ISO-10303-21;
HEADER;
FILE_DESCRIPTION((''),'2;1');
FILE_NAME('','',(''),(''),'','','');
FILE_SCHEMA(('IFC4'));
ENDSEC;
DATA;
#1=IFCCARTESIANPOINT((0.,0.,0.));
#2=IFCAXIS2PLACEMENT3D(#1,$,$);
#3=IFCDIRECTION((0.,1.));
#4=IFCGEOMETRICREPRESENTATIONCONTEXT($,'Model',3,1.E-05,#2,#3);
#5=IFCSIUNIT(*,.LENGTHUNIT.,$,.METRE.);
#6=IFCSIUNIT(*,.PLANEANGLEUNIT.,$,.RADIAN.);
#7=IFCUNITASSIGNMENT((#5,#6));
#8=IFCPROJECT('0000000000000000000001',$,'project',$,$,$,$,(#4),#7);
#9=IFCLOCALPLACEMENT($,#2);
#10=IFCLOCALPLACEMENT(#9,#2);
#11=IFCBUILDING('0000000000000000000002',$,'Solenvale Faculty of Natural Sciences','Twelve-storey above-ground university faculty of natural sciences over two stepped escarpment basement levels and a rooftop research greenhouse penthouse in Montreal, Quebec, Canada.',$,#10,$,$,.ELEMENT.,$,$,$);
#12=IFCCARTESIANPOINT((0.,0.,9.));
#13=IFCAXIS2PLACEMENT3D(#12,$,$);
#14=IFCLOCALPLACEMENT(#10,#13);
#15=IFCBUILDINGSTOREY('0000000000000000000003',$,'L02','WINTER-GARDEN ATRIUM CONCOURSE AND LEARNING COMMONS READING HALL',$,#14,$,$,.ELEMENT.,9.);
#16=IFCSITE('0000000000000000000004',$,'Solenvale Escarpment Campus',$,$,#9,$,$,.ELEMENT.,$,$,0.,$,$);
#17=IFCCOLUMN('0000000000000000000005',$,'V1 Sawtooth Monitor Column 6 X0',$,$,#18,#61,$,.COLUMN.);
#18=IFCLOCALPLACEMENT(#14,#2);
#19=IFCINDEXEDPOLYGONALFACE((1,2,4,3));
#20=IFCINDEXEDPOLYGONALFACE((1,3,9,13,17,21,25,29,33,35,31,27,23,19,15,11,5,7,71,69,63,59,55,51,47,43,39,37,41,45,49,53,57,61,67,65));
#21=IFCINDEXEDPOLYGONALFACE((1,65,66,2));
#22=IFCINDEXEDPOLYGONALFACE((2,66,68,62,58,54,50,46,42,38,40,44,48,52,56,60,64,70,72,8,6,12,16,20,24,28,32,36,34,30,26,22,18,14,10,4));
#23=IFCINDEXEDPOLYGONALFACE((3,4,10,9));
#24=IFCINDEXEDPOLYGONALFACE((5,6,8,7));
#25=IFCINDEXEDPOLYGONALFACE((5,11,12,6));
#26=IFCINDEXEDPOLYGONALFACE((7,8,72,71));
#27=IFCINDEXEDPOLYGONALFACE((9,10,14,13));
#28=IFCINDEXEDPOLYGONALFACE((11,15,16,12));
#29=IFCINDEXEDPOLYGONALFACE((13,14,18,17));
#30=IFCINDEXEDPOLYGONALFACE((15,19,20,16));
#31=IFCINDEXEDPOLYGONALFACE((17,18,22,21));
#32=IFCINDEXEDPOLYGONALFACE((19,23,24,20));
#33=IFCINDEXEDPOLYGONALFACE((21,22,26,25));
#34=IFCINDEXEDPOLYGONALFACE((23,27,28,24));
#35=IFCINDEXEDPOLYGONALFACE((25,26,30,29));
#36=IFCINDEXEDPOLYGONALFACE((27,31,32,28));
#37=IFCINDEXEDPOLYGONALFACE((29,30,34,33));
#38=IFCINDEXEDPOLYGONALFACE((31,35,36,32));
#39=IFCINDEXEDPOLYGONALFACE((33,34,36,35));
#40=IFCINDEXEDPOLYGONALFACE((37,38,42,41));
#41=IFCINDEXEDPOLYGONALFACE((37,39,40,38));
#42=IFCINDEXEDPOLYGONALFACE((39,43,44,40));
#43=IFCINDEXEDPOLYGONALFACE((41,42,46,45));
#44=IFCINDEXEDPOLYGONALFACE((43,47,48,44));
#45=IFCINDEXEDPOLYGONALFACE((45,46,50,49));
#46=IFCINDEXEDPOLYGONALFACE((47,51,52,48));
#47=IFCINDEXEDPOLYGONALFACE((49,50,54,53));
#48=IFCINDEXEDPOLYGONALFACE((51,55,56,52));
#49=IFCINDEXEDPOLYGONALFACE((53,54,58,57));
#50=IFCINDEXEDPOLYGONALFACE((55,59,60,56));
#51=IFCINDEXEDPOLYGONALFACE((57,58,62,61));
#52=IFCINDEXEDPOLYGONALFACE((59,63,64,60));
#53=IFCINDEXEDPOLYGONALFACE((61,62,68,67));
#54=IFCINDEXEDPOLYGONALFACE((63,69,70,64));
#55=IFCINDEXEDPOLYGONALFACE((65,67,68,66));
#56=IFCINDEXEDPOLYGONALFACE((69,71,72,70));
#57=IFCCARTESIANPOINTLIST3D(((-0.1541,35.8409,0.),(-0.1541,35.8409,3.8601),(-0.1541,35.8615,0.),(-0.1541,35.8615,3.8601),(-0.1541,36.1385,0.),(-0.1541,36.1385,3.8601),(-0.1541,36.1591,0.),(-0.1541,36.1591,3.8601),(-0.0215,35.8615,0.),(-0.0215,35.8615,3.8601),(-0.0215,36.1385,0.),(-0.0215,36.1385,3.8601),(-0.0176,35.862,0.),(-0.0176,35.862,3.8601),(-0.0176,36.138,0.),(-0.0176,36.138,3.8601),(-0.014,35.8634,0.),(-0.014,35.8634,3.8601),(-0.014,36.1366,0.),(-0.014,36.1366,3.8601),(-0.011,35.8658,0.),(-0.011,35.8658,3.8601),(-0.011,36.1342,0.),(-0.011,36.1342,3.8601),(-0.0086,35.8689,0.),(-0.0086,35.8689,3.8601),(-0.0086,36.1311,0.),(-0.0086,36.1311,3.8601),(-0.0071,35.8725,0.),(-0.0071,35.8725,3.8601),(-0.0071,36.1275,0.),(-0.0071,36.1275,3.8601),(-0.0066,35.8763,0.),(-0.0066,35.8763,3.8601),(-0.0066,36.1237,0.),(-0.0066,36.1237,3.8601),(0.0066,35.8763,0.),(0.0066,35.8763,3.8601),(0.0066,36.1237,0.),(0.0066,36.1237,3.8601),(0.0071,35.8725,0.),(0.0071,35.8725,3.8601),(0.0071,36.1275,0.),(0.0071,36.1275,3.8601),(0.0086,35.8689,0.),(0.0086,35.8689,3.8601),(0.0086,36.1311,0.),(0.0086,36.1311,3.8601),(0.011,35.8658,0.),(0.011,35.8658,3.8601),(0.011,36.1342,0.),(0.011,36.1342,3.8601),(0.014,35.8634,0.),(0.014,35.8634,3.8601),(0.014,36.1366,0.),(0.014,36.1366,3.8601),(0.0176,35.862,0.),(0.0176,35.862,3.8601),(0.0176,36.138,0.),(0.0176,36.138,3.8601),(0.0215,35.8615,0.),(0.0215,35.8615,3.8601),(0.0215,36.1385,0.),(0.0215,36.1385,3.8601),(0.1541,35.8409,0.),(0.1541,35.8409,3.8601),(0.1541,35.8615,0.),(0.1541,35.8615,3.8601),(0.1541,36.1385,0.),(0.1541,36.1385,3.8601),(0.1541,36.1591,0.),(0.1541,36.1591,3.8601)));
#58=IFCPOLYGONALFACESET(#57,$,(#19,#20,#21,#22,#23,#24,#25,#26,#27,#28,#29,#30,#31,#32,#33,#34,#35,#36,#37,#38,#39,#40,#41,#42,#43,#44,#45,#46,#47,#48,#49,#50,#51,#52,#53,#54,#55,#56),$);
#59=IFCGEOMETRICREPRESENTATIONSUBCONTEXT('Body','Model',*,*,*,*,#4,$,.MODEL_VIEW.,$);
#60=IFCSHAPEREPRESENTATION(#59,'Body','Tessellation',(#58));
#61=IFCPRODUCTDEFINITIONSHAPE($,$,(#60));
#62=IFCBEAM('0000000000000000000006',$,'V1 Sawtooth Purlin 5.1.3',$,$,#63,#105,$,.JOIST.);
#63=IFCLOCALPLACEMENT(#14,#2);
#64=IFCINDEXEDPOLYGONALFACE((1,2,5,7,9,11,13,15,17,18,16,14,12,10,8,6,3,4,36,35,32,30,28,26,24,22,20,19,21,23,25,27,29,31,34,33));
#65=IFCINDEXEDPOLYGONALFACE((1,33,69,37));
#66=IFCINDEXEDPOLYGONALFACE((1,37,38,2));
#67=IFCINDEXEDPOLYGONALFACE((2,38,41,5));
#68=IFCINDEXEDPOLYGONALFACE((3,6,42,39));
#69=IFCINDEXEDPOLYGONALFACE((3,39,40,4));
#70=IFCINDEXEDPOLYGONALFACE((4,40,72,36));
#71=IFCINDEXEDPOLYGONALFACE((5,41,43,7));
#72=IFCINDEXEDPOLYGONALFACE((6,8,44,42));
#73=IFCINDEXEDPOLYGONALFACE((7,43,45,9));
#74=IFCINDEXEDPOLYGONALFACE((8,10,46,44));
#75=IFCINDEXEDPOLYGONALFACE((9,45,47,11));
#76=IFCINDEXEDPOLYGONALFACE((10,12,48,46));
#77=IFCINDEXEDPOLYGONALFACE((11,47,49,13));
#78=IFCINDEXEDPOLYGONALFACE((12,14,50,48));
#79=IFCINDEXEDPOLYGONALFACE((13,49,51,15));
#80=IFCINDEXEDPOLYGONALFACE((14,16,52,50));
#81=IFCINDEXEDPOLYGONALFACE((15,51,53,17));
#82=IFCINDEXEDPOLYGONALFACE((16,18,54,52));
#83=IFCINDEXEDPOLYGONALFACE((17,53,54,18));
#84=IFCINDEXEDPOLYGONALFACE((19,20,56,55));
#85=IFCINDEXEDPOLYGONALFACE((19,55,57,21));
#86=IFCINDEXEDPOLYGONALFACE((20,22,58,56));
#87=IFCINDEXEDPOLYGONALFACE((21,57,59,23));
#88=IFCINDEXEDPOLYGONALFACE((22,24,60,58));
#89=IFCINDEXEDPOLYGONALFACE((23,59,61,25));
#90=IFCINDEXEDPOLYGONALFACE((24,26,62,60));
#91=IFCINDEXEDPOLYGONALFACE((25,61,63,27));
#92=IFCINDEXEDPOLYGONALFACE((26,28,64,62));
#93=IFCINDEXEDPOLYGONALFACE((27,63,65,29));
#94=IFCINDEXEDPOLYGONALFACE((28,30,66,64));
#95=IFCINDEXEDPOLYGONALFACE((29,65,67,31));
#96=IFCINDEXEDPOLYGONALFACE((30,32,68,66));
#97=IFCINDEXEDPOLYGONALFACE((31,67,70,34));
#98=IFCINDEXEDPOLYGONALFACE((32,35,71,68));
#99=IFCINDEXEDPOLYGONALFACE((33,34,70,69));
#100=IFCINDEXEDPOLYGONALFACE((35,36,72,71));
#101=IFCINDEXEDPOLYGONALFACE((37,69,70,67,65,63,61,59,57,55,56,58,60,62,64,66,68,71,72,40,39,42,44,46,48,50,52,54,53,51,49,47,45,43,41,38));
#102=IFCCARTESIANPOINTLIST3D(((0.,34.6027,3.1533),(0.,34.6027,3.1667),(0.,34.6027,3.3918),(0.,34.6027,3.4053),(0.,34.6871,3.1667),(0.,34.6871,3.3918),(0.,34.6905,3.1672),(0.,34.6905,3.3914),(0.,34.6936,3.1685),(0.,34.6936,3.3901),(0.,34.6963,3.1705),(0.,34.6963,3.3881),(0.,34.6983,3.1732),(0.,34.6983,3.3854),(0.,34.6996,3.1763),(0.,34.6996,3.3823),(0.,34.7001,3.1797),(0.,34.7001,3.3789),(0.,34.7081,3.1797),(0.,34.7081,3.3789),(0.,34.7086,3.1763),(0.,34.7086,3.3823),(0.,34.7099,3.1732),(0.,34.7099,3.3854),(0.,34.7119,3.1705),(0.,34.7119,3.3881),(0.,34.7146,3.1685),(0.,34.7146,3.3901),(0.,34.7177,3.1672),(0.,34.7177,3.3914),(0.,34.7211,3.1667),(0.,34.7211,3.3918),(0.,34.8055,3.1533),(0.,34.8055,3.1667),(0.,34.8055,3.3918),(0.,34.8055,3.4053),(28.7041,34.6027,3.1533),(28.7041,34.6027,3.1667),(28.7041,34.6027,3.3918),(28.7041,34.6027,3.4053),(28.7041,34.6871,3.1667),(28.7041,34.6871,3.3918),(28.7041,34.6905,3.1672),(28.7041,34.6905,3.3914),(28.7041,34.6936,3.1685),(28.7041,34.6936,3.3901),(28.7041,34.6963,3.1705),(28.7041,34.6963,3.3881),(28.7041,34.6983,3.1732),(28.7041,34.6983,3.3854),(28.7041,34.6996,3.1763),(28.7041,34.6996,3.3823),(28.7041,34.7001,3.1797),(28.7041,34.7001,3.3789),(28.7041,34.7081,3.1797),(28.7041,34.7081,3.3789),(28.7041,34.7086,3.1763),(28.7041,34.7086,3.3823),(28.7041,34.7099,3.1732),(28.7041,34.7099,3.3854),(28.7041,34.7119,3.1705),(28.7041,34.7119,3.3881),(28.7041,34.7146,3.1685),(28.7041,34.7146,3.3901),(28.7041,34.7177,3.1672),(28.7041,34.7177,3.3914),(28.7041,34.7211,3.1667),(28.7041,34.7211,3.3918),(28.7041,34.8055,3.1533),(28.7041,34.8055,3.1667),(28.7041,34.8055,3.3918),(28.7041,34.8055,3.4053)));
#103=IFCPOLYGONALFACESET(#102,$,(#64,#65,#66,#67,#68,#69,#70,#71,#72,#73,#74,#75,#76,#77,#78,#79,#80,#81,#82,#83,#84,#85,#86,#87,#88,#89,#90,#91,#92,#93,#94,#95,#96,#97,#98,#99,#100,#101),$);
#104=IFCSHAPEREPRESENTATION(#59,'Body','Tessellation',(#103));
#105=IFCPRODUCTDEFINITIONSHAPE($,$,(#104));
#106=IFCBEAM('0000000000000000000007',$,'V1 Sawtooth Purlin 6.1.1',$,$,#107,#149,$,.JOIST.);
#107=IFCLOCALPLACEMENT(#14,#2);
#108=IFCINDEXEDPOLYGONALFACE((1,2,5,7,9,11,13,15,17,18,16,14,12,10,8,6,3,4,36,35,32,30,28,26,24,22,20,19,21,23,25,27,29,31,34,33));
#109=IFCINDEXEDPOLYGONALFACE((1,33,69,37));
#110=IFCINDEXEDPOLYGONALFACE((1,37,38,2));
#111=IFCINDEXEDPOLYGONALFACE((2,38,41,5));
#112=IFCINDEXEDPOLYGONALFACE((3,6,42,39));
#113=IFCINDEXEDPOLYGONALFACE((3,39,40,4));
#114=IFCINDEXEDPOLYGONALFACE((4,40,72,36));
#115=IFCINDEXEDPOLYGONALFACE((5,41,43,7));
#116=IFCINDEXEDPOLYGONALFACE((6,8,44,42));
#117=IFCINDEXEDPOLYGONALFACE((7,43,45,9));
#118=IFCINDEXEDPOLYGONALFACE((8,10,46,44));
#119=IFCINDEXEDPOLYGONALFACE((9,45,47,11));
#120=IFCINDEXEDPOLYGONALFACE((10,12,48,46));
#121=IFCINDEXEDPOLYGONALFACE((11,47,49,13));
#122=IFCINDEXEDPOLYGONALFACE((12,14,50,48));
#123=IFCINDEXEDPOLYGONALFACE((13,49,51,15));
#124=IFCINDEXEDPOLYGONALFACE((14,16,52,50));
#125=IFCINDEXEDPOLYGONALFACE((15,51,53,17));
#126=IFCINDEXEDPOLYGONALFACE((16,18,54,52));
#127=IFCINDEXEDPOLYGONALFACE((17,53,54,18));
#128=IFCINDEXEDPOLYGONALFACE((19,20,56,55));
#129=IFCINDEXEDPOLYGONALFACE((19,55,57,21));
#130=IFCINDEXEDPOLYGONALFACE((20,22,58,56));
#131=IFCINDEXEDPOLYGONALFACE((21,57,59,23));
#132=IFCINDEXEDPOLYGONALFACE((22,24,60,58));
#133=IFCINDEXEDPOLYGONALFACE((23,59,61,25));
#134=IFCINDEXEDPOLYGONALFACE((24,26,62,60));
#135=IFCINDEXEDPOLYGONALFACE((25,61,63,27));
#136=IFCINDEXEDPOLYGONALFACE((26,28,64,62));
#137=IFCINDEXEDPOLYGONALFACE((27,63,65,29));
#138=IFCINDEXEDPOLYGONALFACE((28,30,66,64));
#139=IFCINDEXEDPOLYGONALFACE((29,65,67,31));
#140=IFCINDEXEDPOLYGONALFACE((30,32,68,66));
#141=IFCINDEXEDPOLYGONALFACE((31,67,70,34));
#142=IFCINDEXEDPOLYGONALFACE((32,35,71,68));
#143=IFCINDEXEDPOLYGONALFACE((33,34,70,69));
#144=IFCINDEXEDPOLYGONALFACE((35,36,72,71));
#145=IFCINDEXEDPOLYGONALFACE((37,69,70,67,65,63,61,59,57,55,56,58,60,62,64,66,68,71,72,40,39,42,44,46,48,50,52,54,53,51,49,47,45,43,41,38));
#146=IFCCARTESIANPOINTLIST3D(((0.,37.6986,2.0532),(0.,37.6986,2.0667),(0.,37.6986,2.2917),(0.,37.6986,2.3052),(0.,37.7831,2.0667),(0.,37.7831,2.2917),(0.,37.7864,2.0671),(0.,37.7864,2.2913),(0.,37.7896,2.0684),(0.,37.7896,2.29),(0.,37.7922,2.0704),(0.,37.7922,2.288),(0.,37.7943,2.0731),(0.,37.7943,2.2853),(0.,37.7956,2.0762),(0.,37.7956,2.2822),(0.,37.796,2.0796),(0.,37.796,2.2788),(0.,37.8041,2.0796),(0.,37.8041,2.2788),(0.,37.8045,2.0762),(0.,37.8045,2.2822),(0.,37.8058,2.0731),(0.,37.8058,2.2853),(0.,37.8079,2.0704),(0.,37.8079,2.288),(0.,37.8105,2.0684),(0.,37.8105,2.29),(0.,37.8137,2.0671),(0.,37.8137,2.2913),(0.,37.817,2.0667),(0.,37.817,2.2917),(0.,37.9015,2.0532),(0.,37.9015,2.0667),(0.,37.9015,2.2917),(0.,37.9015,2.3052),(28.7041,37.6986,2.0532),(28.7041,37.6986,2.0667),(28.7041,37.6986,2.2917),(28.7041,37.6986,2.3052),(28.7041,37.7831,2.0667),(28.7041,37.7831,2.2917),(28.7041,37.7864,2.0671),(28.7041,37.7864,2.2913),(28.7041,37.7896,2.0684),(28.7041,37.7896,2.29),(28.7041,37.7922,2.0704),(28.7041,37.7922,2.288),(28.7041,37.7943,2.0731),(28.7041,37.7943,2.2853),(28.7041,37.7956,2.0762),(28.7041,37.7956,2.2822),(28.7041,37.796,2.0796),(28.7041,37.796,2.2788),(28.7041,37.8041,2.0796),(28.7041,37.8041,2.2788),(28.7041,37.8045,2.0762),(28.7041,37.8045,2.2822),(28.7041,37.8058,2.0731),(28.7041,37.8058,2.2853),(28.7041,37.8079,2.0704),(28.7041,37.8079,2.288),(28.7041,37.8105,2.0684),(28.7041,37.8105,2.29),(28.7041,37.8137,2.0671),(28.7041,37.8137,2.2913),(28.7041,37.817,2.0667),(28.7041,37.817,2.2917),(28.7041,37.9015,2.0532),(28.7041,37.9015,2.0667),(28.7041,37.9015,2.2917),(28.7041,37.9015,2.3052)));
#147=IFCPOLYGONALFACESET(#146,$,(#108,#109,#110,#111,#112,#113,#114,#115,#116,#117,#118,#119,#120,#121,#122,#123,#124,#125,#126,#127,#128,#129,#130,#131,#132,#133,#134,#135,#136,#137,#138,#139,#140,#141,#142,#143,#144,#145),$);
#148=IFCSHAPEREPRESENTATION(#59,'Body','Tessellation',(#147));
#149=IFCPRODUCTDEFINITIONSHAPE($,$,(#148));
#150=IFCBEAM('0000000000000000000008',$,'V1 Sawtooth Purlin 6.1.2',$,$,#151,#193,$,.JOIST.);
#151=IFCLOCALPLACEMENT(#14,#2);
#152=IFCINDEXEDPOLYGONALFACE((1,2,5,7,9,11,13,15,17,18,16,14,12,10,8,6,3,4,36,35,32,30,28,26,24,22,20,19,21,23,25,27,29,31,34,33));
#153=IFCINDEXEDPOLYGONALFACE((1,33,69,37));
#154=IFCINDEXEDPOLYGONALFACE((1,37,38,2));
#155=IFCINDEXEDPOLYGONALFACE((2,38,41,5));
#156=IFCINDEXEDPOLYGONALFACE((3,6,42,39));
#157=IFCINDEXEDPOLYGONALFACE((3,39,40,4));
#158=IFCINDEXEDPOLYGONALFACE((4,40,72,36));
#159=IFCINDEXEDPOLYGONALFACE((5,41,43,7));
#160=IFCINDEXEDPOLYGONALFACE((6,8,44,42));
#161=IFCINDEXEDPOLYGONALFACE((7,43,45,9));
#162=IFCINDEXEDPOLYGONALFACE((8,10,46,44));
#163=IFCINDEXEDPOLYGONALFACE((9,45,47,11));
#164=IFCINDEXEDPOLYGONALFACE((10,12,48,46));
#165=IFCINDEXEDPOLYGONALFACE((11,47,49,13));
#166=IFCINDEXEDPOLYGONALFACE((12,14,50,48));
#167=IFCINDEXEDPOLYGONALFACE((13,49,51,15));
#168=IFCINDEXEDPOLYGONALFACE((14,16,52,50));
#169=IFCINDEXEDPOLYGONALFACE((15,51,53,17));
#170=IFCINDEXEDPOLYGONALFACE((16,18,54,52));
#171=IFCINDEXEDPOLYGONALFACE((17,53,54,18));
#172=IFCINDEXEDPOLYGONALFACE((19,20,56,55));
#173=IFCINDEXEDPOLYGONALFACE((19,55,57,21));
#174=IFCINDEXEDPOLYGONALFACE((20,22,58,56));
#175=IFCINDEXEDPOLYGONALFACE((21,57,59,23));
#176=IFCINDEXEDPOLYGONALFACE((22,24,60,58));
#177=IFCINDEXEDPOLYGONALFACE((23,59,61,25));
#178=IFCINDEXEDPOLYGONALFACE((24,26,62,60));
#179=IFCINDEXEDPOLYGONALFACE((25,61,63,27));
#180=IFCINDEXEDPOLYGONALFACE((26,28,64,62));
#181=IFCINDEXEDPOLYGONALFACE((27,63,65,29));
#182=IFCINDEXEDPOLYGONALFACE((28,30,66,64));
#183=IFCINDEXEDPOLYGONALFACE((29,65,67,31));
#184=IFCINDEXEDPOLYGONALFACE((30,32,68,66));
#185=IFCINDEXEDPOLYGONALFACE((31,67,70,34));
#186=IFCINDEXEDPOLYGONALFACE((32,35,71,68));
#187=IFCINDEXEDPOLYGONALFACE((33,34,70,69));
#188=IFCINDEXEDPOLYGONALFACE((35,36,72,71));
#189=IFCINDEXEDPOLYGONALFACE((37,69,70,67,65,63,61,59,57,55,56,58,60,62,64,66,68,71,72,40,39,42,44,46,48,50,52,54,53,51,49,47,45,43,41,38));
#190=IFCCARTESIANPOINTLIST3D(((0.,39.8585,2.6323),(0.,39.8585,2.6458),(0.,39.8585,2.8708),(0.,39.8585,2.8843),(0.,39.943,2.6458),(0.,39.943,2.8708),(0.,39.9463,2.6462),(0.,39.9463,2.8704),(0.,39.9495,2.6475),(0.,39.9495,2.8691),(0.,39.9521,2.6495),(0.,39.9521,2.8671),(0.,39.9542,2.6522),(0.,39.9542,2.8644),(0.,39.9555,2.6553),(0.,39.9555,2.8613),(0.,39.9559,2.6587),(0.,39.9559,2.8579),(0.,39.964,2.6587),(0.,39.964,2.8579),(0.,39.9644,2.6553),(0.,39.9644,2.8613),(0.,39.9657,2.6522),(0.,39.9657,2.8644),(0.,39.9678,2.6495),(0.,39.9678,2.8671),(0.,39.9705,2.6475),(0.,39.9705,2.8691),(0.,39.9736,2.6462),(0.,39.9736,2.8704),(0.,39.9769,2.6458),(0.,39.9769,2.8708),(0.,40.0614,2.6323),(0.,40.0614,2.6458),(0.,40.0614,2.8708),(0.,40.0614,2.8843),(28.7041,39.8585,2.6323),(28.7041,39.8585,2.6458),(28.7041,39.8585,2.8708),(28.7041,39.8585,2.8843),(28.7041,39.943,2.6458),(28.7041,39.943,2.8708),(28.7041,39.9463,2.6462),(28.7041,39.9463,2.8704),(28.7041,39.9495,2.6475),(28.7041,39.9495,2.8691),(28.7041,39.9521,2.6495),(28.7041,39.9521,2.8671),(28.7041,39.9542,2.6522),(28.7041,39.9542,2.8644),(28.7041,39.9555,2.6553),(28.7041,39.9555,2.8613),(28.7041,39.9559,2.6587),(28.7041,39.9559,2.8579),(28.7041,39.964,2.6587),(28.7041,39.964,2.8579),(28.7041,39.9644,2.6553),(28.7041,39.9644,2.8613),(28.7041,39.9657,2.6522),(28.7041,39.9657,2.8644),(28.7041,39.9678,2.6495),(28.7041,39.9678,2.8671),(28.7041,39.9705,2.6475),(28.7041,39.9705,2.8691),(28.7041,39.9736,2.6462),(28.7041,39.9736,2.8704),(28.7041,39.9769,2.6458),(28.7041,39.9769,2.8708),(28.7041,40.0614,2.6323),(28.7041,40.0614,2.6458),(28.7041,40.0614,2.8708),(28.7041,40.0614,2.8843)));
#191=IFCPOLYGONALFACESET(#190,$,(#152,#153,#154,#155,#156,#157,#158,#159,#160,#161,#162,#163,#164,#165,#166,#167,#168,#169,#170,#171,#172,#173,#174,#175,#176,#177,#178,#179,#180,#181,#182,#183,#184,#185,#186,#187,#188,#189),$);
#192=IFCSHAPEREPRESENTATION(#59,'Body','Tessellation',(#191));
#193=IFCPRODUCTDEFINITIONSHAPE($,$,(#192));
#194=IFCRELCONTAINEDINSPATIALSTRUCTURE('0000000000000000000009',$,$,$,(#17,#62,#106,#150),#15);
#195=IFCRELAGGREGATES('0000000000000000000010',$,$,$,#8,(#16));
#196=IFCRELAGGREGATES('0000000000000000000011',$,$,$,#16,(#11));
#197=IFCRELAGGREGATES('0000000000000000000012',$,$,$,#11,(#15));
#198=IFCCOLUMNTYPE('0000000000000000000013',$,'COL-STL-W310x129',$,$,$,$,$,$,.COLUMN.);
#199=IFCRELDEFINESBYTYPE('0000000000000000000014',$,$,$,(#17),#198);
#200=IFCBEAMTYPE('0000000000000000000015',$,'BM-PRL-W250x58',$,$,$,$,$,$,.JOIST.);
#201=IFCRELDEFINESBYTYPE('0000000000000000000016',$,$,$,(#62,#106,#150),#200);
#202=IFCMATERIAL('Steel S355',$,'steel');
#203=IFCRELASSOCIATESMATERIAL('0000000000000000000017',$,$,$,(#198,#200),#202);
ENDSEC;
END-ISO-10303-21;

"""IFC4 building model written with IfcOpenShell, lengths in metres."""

from ifc_helpers import new_model, si_unit, direction, frame, origin, origin_2d, place, context, subcontext, project, spatial, i_section, extrude, material, material_profile, profile_set, type_object, element, save


model = new_model("IFC4")

# Units and contexts
model_context = context("Model", 3, precision=1e-05, world=origin(), true_north=direction((0.0, 1.0)))
body_context = subcontext(model_context, "Body", "Model", "MODEL_VIEW")
ifc_project = project(units=[si_unit("LENGTHUNIT", "METRE"), si_unit("PLANEANGLEUNIT", "RADIAN")], contexts=[model_context])

# Site, building, storey
site_placement = place(None, origin())
site = spatial("IfcSite", under=ifc_project, at=site_placement, Name="Solenvale Escarpment Campus", CompositionType="ELEMENT", RefElevation=0.0)
building_placement = place(site_placement, origin())
building = spatial("IfcBuilding", under=site, at=building_placement, Name="Solenvale Faculty of Natural Sciences", Description="Twelve-storey above-ground university faculty of natural sciences over two stepped escarpment basement levels and a rooftop research greenhouse penthouse in Montreal, Quebec, Canada.", CompositionType="ELEMENT")
storey_placement = place(building_placement, frame((0.0, 0.0, 9.0)))
storey = spatial("IfcBuildingStorey", under=building, at=storey_placement, Name="L02", Description="WINTER-GARDEN ATRIUM CONCOURSE AND LEARNING COMMONS READING HALL", CompositionType="ELEMENT", Elevation=9.0)

# Column
ifc_material_1 = material(Name="Steel S355", Category="steel")
ifc_material_profile_1 = material_profile(ifc_material_1, i_section(OverallWidth=0.3081, OverallDepth=0.3181, WebThickness=0.0132, FlangeThickness=0.0205, FilletRadius=0.0149, at=origin_2d()), Name="W310x129")
ifc_profile_set_1 = profile_set([ifc_material_profile_1], Name="Steel S355")
column_type = type_object("IfcColumnType", Name="COL-STL-W310x129", PredefinedType="COLUMN", material=ifc_profile_set_1)
column_placement = place(storey_placement, frame((0.0, 36.0, 0.0), z_axis=(0.0, 0.0, 1.0), x_axis=(1.0, 0.0, 0.0)))
element("IfcColumn", 1, at=column_placement, inside=storey, type_object=column_type, Name="V1 Sawtooth Monitor Column 6 X0", PredefinedType="COLUMN", context=body_context, shape_type="SweptSolid", body=[
    extrude(i_section(OverallWidth=0.3081, OverallDepth=0.3181, WebThickness=0.0132, FlangeThickness=0.0205, FilletRadius=0.0149, at=origin_2d()), origin(), (0.0, 0.0, 1.0), 3.8601),
])

# Beams
ifc_material_profile_2 = material_profile(ifc_material_1, i_section(OverallWidth=0.2029, OverallDepth=0.252, WebThickness=0.0081, FlangeThickness=0.0134, FilletRadius=0.0129, at=origin_2d()), Name="W250x58")
ifc_profile_set_2 = profile_set([ifc_material_profile_2], Name="Steel S355")
beam_type_1 = type_object("IfcBeamType", Name="BM-PRL-W250x58", PredefinedType="JOIST", material=ifc_profile_set_2)
for number, where, z_axis, x_axis, name in (
    (2, (0.0, 34.7041, 3.2793), (1.0, 0.0, 0.0), (0.0, 1.0, 0.0), "V1 Sawtooth Purlin 5.1.3"),
    (3, (0.0, 37.8, 2.1792), (1.0, 0.0, 0.0), (0.0, 1.0, 0.0), "V1 Sawtooth Purlin 6.1.1"),
    (4, (0.0, 39.96, 2.7583), (1.0, 0.0, 0.0), (0.0, 1.0, 0.0), "V1 Sawtooth Purlin 6.1.2"),
):
    element("IfcBeam", number, at=place(storey_placement, frame(where, z_axis=z_axis, x_axis=x_axis)), inside=storey, type_object=beam_type_1, Name=name, PredefinedType="JOIST", context=body_context, shape_type="SweptSolid", body=[
        extrude(i_section(OverallWidth=0.2029, OverallDepth=0.252, WebThickness=0.0081, FlangeThickness=0.0134, FilletRadius=0.0129, at=origin_2d()), origin(), (0.0, 0.0, 1.0), 28.7041),
    ])

save(model, "model.ifc")
